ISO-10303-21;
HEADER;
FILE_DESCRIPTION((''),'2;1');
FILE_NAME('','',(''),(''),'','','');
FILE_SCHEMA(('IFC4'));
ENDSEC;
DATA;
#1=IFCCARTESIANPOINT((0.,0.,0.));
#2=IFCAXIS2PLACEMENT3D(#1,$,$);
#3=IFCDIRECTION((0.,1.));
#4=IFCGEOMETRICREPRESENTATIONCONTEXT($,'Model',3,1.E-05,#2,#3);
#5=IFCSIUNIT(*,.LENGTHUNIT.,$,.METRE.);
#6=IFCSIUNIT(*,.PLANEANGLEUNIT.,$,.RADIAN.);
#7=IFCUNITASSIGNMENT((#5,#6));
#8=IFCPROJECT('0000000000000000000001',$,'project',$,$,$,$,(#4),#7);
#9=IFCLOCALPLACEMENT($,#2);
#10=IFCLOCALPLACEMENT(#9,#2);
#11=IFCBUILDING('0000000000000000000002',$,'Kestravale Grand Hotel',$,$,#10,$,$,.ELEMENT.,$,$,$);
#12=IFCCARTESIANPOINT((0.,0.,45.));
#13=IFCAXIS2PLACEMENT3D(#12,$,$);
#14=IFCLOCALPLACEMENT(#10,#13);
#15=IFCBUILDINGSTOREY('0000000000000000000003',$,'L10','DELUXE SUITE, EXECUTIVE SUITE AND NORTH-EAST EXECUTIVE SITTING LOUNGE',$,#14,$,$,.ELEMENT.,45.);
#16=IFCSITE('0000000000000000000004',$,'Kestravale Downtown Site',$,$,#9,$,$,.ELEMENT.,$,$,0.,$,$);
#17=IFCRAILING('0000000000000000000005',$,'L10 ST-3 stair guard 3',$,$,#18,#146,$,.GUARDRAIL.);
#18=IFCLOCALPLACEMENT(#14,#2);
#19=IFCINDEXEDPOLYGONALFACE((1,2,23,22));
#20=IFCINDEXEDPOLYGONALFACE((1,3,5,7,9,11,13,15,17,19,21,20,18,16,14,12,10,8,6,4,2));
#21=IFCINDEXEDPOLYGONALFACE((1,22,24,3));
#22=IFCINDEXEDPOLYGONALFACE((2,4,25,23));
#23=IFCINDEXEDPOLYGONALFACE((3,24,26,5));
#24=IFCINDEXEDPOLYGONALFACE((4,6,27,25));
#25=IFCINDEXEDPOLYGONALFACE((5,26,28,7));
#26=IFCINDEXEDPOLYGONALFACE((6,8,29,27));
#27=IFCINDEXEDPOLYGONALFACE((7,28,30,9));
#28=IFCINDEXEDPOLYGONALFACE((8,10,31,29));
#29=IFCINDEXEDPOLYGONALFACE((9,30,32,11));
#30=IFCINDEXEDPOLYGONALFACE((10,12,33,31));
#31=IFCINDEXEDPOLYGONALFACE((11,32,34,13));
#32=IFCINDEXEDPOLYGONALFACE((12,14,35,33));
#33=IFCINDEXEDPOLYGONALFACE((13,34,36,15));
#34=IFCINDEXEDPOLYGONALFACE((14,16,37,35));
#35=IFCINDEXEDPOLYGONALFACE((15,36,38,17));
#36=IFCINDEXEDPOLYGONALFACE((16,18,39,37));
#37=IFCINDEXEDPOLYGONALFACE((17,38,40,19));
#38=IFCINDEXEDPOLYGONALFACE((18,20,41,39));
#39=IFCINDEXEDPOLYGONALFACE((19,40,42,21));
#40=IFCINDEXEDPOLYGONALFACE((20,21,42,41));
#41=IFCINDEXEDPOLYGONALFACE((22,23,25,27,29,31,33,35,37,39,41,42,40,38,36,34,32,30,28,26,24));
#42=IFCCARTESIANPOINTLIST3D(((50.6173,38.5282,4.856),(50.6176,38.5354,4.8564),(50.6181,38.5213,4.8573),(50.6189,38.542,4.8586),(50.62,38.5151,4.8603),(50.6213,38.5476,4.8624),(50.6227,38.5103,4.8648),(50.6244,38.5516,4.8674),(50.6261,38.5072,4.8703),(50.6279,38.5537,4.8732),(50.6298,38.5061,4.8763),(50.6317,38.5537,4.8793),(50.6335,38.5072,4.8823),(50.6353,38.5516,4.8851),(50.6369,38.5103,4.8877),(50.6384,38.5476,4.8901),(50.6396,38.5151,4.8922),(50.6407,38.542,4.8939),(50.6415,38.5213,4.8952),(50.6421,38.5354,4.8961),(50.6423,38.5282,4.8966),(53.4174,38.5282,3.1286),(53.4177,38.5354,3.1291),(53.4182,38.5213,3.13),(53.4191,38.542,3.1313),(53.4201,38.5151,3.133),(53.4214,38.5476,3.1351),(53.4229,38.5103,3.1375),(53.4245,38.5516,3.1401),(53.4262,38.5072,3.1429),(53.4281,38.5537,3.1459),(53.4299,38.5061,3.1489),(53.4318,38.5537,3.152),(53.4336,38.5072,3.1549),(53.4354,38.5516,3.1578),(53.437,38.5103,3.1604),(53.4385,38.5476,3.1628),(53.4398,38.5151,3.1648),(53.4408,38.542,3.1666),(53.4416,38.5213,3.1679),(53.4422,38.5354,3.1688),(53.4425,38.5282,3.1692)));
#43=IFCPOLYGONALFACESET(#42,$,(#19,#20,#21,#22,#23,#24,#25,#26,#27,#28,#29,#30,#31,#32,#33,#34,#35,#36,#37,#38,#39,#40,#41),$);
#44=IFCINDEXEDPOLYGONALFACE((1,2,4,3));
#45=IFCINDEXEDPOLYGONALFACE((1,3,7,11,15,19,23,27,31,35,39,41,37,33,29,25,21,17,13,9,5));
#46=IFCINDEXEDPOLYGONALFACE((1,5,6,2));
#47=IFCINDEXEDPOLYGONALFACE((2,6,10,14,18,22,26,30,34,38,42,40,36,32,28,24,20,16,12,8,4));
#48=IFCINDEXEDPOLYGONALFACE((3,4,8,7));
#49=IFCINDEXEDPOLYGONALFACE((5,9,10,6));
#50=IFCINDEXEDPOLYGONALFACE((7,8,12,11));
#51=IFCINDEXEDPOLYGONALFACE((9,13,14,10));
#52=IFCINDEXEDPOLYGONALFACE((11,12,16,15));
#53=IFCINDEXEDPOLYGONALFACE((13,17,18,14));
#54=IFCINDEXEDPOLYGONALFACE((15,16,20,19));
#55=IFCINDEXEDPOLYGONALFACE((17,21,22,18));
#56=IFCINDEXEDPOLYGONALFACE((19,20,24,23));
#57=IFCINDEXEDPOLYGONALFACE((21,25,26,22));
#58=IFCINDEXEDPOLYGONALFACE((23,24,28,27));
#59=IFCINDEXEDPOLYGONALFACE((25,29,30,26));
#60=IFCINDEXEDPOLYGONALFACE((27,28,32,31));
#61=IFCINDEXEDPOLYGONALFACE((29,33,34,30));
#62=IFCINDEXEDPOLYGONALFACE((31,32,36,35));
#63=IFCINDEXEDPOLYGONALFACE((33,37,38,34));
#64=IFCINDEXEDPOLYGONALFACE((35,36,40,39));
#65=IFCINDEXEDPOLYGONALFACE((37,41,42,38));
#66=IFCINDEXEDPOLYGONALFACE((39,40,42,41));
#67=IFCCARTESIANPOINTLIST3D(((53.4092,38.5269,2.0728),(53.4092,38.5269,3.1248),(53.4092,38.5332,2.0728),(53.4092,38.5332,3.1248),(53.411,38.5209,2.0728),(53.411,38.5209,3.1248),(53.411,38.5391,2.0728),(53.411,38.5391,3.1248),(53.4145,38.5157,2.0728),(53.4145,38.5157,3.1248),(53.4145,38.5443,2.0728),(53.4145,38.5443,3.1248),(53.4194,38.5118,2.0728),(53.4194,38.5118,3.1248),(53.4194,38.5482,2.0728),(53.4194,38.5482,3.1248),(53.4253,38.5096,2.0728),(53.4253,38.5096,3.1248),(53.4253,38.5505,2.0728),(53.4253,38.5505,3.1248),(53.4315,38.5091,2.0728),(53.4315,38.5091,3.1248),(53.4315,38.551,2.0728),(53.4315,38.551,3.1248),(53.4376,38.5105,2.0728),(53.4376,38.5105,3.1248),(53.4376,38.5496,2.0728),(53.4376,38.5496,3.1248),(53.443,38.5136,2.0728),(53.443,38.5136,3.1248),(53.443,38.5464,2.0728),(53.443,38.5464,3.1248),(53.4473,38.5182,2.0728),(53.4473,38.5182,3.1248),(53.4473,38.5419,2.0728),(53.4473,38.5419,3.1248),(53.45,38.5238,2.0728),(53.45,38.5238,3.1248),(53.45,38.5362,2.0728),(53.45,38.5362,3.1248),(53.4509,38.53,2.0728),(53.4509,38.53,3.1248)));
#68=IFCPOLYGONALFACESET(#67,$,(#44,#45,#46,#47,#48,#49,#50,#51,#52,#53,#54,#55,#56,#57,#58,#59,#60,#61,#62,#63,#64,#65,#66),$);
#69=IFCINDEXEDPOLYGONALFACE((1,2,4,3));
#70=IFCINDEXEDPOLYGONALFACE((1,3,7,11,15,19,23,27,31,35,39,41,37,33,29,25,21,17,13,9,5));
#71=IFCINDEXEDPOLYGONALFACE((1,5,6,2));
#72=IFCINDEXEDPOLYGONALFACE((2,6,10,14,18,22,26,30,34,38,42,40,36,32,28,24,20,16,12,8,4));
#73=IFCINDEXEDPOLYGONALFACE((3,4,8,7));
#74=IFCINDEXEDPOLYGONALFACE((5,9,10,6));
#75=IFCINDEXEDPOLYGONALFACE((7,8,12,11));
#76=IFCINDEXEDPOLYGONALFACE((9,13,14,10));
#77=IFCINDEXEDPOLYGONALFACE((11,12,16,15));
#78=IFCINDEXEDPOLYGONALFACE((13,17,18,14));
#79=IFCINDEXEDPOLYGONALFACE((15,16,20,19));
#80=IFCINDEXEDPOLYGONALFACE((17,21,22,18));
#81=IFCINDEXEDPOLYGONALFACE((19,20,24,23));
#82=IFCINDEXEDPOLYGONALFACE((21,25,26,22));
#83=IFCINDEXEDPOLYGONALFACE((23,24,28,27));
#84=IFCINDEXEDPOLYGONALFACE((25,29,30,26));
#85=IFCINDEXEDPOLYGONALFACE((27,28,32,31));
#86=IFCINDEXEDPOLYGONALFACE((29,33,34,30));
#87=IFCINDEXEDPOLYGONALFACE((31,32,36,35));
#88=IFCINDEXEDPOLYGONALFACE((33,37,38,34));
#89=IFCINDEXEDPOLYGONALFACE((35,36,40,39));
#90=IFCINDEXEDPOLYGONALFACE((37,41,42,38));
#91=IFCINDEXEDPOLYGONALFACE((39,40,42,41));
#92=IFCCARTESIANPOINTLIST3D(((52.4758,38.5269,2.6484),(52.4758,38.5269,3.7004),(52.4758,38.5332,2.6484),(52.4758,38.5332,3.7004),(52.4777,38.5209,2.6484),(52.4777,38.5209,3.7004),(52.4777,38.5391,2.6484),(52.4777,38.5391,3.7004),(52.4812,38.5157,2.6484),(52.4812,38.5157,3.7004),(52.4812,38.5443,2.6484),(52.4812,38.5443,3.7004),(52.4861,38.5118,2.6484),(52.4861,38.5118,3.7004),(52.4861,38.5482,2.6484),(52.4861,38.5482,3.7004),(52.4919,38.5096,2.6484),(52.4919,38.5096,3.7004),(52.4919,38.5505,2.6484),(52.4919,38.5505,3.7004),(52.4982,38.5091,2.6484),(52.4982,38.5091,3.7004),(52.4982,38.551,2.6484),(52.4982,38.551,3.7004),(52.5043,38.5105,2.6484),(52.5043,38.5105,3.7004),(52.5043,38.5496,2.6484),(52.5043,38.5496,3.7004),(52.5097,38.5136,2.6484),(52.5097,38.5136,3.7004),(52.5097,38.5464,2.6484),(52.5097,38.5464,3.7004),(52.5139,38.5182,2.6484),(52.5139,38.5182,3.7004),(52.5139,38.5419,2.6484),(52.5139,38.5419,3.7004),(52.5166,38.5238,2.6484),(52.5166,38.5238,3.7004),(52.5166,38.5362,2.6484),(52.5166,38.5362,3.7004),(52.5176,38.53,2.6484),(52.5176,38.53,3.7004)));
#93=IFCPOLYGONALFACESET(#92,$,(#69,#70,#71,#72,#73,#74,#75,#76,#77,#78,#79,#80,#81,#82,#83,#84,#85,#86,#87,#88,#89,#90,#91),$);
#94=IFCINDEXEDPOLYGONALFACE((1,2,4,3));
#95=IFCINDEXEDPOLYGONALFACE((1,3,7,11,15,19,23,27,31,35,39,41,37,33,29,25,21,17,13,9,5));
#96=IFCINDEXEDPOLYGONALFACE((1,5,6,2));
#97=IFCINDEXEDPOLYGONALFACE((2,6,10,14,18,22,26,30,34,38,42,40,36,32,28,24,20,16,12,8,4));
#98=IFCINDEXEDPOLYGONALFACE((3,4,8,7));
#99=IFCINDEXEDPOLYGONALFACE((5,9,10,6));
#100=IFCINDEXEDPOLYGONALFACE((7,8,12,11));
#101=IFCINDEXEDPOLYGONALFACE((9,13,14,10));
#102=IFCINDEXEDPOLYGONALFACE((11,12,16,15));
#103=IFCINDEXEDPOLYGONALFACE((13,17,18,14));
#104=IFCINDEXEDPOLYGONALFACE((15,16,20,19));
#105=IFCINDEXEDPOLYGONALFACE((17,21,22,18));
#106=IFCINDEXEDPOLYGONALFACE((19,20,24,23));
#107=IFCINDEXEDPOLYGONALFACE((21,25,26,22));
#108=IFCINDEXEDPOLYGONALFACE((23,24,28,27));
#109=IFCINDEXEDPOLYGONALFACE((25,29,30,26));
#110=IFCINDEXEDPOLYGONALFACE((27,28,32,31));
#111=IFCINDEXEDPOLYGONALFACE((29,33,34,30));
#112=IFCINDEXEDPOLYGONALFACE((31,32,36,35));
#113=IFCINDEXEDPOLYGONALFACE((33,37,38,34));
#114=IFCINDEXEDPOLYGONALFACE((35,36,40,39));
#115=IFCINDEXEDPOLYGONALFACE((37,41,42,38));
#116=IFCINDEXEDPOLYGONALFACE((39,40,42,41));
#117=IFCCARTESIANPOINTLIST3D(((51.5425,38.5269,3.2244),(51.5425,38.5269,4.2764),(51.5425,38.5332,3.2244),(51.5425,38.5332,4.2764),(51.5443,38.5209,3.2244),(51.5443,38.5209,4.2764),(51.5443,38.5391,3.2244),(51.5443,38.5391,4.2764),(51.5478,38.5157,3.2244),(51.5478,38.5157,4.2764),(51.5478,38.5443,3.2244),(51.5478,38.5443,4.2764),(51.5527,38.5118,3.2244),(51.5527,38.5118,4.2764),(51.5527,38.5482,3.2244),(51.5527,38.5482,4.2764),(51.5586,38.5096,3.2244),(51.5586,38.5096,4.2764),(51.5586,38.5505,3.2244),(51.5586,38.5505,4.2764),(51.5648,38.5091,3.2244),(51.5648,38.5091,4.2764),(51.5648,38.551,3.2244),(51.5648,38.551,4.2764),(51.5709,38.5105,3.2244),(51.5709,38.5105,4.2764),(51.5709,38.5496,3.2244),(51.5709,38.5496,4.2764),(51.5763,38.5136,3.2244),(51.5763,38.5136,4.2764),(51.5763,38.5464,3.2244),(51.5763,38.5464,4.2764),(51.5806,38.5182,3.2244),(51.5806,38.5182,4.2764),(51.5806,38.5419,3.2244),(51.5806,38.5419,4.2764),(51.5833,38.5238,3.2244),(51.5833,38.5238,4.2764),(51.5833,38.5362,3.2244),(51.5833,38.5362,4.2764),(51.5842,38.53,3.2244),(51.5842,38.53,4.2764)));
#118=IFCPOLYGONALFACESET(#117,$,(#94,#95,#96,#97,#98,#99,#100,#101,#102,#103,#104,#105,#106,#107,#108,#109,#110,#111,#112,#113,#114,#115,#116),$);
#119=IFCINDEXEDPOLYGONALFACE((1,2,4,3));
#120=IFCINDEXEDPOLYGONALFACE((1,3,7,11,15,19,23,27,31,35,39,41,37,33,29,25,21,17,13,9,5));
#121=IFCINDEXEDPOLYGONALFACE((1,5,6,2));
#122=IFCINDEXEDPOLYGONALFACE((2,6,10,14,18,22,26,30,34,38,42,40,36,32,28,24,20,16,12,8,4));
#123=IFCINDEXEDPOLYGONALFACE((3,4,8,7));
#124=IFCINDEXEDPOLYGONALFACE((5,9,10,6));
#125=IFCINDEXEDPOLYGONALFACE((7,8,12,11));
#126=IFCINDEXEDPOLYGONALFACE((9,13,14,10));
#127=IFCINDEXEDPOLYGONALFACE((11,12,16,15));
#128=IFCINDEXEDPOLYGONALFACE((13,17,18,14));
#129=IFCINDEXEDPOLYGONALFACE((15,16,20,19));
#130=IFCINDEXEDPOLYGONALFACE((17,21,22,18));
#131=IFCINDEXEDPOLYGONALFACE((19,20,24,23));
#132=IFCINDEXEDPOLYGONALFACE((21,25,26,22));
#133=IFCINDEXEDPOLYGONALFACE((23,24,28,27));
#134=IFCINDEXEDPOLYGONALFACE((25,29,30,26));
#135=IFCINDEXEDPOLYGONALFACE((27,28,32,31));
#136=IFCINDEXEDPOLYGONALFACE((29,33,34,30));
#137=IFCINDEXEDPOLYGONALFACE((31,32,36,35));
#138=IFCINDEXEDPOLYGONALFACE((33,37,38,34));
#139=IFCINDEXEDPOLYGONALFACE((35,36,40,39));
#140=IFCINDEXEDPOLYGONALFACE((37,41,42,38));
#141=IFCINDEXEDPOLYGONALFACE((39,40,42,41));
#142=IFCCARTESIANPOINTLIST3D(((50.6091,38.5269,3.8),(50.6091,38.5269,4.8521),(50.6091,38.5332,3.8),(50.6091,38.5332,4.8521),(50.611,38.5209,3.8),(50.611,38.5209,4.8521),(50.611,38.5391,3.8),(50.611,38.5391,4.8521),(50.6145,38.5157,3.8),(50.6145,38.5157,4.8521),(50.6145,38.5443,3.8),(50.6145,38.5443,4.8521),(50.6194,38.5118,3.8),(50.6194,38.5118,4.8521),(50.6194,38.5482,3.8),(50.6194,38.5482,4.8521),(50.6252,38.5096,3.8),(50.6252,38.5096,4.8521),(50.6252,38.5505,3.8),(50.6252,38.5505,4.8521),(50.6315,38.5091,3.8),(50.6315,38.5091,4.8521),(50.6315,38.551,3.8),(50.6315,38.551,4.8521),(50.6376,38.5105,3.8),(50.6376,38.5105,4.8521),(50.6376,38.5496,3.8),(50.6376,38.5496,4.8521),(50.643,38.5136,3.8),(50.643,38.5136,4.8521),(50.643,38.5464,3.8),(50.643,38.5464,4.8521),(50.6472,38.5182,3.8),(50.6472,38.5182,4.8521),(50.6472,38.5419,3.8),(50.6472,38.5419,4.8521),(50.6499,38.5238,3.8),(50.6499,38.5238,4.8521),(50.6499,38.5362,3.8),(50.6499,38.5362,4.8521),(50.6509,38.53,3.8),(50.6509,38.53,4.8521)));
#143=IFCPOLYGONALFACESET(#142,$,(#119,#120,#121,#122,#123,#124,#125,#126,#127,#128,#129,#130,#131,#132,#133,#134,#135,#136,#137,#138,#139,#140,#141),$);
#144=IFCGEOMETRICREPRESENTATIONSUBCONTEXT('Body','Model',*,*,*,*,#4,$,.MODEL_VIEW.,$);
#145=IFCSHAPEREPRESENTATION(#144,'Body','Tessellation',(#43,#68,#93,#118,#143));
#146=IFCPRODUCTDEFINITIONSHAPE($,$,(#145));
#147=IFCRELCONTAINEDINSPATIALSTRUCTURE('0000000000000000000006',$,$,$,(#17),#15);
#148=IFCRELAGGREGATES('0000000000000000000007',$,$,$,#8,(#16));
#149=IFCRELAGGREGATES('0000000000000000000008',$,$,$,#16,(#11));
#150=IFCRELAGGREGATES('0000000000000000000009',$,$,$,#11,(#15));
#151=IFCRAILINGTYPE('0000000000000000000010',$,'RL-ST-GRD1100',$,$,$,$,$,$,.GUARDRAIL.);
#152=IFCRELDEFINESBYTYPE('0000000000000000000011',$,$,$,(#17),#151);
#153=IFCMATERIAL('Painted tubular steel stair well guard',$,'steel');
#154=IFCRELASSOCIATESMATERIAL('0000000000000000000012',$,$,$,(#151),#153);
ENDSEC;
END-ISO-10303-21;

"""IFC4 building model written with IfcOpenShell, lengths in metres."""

from ifc_helpers import new_model, si_unit, direction, frame, origin, origin_2d, place, context, subcontext, project, spatial, circle, extrude, material, type_object, element, save


model = new_model("IFC4")

# Units and contexts
model_context = context("Model", 3, precision=1e-05, world=origin(), true_north=direction((0.0, 1.0)))
body_context = subcontext(model_context, "Body", "Model", "MODEL_VIEW")
ifc_project = project(units=[si_unit("LENGTHUNIT", "METRE"), si_unit("PLANEANGLEUNIT", "RADIAN")], contexts=[model_context])

# Site, building, storey
site_placement = place(None, origin())
site = spatial("IfcSite", under=ifc_project, at=site_placement, Name="Kestravale Downtown Site", CompositionType="ELEMENT", RefElevation=0.0)
building_placement = place(site_placement, origin())
building = spatial("IfcBuilding", under=site, at=building_placement, Name="Kestravale Grand Hotel", CompositionType="ELEMENT")
storey_placement = place(building_placement, frame((0.0, 0.0, 45.0)))
storey = spatial("IfcBuildingStorey", under=building, at=storey_placement, Name="L10", Description="DELUXE SUITE, EXECUTIVE SUITE AND NORTH-EAST EXECUTIVE SITTING LOUNGE", CompositionType="ELEMENT", Elevation=45.0)

# Railing
ifc_material_1 = material(Name="Painted tubular steel stair well guard", Category="steel")
railing_type_1 = type_object("IfcRailingType", Name="RL-ST-GRD1100", PredefinedType="GUARDRAIL", material=ifc_material_1)
railing_1_placement = place(storey_placement, frame((53.4299, 38.53, 2.0728)))
element("IfcRailing", 1, at=railing_1_placement, inside=storey, type_object=railing_type_1, Name="L10 ST-3 stair guard 3", PredefinedType="GUARDRAIL", context=body_context, shape_type="SweptSolid", body=[
    extrude(circle(Radius=0.0239, at=origin_2d()), frame((0.0, 0.0, 1.0762), z_axis=(-0.85109, 0.0, 0.52502), x_axis=(0.0, -1.0, 0.0)), (0.0, 0.0, 1.0), 3.29),
    extrude(circle(Radius=0.021, at=origin_2d()), origin(), (0.0, 0.0, 1.0), 1.052),
    extrude(circle(Radius=0.021, at=origin_2d()), frame((-0.9333, 0.0, 0.5757)), (0.0, 0.0, 1.0), 1.052),
    extrude(circle(Radius=0.021, at=origin_2d()), frame((-1.8667, 0.0, 1.1516)), (0.0, 0.0, 1.0), 1.052),
    extrude(circle(Radius=0.021, at=origin_2d()), frame((-2.8, 0.0, 1.7273)), (0.0, 0.0, 1.0), 1.052),
])

save(model, "model.ifc")
